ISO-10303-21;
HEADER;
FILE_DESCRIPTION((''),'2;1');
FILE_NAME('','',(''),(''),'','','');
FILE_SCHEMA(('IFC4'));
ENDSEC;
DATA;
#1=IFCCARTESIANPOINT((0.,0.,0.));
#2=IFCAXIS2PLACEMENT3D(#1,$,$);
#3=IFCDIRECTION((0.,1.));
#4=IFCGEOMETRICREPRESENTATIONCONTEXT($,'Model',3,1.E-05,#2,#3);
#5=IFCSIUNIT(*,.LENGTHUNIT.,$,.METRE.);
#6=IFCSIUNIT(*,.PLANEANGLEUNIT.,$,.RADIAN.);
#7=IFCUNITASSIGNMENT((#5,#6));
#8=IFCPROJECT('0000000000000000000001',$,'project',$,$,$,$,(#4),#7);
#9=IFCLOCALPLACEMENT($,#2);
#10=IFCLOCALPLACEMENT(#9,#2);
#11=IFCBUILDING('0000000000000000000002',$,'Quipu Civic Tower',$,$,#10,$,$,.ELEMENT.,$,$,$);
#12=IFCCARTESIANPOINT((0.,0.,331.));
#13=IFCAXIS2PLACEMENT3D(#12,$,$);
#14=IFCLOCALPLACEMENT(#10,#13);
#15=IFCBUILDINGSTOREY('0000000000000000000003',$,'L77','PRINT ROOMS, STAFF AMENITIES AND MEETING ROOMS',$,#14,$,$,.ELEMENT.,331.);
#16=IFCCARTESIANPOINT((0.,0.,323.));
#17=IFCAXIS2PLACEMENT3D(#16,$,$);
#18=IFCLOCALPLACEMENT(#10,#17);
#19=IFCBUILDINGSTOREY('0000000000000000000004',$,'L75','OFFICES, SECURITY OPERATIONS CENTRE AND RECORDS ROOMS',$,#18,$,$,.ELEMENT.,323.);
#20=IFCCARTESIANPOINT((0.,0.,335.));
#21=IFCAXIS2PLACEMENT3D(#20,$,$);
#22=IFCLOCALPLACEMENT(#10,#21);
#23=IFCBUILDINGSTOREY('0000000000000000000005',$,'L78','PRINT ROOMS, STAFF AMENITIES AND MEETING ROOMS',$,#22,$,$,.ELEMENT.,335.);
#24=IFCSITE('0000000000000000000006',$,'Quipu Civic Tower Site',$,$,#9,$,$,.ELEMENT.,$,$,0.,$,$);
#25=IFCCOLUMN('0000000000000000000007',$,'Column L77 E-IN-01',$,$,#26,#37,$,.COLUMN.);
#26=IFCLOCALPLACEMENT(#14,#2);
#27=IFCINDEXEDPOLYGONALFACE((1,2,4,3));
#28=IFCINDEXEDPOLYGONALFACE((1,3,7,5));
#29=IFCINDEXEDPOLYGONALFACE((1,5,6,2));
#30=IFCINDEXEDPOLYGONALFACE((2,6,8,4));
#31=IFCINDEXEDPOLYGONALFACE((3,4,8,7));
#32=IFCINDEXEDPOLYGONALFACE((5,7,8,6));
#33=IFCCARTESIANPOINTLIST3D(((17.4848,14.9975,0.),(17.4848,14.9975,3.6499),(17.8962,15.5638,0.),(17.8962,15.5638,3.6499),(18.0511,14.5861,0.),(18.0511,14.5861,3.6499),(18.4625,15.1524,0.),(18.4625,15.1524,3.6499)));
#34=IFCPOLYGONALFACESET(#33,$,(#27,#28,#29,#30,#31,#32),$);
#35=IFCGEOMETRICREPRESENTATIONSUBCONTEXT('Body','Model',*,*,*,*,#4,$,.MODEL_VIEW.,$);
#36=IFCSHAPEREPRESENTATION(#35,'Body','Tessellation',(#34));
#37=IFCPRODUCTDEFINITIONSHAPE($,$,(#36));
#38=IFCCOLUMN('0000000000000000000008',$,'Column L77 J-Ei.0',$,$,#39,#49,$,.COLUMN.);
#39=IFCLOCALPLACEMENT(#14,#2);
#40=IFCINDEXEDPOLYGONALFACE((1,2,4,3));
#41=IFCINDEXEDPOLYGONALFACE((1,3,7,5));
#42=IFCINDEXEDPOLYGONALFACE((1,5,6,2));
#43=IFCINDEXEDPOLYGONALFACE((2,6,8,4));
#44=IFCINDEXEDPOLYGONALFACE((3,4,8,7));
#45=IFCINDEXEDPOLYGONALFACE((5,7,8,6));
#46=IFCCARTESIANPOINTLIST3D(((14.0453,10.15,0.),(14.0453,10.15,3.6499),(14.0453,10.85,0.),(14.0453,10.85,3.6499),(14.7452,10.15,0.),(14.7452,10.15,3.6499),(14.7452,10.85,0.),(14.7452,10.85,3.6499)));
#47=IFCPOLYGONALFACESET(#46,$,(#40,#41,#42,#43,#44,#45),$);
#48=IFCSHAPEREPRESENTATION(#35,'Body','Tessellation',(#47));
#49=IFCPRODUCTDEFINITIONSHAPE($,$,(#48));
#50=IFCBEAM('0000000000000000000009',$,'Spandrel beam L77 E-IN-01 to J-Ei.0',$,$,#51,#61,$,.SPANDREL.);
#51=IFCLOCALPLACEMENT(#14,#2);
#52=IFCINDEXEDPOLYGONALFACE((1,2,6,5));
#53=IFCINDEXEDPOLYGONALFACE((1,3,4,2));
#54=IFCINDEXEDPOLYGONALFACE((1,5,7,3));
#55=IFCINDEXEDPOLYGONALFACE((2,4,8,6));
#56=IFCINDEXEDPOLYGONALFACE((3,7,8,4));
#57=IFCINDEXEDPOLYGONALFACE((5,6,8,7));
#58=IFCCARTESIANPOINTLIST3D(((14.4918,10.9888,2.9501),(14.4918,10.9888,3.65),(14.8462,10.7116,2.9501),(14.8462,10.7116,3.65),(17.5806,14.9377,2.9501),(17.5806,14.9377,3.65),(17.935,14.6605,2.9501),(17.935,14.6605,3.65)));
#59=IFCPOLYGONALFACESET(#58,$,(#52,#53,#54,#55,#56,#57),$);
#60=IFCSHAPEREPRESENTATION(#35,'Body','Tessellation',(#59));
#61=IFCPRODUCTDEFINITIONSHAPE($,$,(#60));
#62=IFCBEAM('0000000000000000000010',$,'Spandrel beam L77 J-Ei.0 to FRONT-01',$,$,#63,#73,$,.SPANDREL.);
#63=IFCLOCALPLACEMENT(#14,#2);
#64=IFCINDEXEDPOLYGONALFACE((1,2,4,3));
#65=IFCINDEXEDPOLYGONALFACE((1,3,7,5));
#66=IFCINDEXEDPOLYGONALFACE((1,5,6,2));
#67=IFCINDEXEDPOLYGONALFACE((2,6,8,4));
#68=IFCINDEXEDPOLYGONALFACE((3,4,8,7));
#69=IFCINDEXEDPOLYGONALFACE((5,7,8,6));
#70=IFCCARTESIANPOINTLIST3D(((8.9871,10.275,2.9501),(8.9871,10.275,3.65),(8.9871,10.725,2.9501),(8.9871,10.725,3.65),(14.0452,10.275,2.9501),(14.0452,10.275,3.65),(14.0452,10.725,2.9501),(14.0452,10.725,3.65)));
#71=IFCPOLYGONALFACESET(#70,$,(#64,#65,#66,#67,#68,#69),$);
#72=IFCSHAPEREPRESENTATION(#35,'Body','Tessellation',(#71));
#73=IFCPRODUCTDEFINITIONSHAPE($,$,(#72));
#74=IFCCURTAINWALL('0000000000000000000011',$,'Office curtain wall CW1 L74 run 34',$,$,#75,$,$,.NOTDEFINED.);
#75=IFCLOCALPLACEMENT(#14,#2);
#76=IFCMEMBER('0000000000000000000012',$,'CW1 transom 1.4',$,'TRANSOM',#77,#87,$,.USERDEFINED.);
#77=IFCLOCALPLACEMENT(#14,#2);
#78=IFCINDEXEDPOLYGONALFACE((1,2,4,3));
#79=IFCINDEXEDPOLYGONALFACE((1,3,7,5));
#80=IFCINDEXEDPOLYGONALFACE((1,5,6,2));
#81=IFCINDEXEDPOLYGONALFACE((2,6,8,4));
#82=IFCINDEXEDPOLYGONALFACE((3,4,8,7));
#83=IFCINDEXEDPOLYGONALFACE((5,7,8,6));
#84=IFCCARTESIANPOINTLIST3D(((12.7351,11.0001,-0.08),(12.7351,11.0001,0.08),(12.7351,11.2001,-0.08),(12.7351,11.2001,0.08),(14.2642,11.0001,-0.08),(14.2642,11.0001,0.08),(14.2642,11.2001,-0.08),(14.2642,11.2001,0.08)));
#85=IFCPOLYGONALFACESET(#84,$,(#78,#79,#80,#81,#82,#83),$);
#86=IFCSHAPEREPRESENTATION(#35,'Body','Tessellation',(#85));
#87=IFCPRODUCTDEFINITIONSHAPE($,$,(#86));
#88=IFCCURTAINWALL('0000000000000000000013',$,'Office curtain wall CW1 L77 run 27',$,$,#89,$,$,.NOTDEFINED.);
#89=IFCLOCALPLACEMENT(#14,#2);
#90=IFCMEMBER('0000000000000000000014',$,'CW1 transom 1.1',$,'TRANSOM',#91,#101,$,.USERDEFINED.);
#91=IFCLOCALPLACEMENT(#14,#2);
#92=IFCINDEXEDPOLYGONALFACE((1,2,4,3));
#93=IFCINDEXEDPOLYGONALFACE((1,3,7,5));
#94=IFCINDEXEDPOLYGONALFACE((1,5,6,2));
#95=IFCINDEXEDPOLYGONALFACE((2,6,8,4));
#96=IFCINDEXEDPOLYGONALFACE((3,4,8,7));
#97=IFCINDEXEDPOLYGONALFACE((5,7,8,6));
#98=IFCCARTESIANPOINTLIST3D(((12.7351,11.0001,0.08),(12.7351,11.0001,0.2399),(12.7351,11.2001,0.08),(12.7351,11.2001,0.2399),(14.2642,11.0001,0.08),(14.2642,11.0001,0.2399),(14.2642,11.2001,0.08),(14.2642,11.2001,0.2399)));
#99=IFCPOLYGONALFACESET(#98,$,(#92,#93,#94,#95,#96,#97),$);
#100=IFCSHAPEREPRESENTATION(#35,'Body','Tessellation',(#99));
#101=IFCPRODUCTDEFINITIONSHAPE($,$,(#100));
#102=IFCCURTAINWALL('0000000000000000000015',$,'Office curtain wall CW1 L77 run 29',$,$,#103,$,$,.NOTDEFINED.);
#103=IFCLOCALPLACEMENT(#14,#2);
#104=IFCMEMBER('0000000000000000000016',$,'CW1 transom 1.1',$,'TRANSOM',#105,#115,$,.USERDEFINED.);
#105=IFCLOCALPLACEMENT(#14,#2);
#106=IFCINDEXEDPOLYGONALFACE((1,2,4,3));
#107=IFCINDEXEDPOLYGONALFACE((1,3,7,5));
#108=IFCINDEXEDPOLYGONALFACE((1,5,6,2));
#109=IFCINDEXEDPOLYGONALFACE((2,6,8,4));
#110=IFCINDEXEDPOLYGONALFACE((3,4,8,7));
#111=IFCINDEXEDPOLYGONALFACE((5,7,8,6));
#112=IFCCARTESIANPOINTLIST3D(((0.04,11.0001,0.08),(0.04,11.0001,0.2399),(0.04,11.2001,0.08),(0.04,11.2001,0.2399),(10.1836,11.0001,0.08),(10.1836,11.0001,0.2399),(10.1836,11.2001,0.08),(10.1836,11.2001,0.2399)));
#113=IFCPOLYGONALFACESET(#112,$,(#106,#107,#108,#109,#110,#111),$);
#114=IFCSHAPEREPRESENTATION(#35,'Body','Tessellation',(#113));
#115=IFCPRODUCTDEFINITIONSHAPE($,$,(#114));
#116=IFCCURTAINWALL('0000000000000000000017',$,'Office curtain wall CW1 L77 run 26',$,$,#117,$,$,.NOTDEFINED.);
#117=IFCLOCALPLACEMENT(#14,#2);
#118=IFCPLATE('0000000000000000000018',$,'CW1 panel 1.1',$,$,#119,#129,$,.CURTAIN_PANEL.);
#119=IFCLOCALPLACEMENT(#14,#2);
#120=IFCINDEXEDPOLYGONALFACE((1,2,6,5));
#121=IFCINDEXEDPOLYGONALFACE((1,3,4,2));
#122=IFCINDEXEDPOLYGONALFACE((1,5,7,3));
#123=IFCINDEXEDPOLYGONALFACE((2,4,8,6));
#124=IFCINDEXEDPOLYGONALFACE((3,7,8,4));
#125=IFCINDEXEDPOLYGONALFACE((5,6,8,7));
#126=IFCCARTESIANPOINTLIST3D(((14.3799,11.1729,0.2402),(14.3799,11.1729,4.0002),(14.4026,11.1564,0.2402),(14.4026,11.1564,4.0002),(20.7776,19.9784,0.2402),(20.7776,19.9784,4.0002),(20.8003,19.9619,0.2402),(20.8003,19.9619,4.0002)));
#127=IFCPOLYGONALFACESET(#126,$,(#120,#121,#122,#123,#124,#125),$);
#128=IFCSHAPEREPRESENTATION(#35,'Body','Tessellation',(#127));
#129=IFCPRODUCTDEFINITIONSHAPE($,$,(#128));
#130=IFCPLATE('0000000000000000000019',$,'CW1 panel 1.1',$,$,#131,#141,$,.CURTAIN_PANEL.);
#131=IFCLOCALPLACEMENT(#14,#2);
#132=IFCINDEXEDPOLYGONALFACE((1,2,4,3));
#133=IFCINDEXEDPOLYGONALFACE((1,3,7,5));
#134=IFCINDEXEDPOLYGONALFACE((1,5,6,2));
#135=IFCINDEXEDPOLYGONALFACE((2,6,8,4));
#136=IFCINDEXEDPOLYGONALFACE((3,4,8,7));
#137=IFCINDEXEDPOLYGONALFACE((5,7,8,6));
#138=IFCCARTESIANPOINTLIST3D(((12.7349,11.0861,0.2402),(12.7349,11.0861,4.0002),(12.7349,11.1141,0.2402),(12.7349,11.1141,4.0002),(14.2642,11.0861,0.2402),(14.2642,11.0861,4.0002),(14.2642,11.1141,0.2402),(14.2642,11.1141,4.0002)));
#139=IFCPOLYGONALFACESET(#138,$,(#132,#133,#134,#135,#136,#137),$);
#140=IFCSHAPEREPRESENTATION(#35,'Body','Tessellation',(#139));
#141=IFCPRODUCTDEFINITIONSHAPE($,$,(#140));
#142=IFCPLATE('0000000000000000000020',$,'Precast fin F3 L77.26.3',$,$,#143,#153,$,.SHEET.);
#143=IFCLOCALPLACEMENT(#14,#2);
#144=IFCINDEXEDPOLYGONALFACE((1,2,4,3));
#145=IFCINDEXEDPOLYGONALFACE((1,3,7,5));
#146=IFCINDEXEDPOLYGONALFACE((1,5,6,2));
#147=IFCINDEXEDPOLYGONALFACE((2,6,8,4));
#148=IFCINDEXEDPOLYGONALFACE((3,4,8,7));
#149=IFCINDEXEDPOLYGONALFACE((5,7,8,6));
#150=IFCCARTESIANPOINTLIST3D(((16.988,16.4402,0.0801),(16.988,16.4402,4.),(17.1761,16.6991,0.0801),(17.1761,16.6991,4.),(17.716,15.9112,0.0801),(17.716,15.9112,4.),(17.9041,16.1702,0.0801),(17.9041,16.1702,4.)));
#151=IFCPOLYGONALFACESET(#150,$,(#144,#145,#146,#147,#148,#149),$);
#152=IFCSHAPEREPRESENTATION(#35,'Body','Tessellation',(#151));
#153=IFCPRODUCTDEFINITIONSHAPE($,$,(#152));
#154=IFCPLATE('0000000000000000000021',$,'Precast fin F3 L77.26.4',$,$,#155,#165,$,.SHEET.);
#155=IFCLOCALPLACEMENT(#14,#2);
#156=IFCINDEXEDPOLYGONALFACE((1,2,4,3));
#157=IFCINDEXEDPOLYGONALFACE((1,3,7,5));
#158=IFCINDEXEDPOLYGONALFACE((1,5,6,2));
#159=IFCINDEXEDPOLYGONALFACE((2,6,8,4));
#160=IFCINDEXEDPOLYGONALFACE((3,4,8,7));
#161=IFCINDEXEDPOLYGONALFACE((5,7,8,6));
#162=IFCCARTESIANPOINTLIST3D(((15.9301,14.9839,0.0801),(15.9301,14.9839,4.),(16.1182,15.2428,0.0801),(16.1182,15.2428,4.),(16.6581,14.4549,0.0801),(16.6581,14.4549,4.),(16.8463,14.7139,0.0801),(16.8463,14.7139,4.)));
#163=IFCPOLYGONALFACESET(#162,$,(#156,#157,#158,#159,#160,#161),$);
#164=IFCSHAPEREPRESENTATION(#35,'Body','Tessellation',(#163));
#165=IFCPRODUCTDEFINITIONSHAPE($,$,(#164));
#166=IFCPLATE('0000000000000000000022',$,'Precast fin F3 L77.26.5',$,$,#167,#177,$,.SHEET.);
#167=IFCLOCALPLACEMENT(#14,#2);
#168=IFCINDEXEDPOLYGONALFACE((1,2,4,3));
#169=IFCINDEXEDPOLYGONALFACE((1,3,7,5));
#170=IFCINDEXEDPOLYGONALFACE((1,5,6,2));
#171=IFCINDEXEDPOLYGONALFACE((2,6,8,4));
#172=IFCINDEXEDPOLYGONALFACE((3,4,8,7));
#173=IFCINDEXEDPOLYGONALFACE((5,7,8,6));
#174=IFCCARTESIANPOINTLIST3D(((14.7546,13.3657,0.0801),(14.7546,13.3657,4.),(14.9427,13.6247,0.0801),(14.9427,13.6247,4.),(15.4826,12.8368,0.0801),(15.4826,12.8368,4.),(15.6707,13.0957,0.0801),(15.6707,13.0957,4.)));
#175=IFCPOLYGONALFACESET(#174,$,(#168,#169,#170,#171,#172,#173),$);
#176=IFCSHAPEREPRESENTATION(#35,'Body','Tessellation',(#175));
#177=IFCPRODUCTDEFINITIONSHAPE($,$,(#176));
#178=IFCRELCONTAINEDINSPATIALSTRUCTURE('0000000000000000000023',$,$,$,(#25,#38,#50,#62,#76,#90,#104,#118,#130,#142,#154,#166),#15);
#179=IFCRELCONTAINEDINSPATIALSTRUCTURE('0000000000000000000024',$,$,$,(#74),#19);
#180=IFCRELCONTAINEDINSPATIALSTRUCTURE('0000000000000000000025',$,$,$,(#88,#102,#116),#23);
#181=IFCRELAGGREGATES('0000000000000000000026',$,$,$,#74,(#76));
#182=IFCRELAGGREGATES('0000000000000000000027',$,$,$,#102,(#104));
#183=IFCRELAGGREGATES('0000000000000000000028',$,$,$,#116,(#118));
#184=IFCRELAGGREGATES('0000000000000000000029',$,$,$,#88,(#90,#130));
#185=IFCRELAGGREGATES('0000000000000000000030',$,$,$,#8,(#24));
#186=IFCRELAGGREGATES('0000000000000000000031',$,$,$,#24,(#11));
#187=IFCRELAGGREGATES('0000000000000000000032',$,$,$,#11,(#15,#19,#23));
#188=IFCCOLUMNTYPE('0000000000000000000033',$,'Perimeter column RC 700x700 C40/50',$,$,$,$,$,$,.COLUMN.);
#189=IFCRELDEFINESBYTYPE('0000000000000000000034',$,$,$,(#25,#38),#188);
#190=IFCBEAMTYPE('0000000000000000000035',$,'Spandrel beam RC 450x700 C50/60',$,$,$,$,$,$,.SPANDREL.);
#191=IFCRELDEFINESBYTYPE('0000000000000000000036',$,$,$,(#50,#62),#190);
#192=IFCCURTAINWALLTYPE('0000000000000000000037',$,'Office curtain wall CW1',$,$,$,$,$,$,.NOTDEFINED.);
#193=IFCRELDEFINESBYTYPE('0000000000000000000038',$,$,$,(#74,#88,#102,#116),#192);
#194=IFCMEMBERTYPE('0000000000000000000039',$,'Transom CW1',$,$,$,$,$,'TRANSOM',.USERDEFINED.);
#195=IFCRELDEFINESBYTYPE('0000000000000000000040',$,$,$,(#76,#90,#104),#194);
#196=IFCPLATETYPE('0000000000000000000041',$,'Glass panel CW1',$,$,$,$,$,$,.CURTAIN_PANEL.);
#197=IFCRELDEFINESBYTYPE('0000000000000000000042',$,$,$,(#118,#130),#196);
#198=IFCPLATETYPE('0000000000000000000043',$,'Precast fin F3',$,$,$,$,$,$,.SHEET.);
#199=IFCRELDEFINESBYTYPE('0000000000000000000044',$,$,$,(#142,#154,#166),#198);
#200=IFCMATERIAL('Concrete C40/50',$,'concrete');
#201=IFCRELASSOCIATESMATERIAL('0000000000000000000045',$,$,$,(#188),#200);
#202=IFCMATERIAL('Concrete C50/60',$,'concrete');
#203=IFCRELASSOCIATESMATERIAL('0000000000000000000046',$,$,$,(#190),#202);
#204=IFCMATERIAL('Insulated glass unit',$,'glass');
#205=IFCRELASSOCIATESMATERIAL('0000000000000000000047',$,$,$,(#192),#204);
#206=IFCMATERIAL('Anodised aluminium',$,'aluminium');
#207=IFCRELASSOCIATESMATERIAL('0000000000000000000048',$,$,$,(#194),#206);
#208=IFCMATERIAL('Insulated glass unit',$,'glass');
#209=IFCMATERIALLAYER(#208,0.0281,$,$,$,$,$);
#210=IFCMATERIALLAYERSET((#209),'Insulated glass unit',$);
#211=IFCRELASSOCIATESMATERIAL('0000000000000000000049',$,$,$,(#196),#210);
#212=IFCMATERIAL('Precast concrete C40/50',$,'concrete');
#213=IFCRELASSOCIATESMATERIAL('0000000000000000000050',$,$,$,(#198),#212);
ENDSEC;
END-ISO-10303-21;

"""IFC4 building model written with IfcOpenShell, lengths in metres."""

from ifc_helpers import new_model, si_unit, direction, frame, origin, origin_2d, place, context, subcontext, project, spatial, rectangle, extrude, material, layer, layer_set, material_profile, profile_set, type_object, element, aggregate, save


model = new_model("IFC4")

# Units and contexts
model_context = context("Model", 3, precision=1e-05, world=origin(), true_north=direction((0.0, 1.0)))
body_context = subcontext(model_context, "Body", "Model", "MODEL_VIEW")
ifc_project = project(units=[si_unit("LENGTHUNIT", "METRE"), si_unit("PLANEANGLEUNIT", "RADIAN")], contexts=[model_context])

# Site, building, storey
site_placement = place(None, origin())
site = spatial("IfcSite", under=ifc_project, at=site_placement, Name="Quipu Civic Tower Site", CompositionType="ELEMENT", RefElevation=0.0)
building_placement = place(site_placement, origin())
building = spatial("IfcBuilding", under=site, at=building_placement, Name="Quipu Civic Tower", CompositionType="ELEMENT")
storey_1_placement = place(building_placement, frame((0.0, 0.0, 331.0)))
storey_1 = spatial("IfcBuildingStorey", under=building, at=storey_1_placement, Name="L77", Description="PRINT ROOMS, STAFF AMENITIES AND MEETING ROOMS", CompositionType="ELEMENT", Elevation=331.0)

# Columns
ifc_material_1 = material(Name="Concrete C40/50", Category="concrete")
ifc_material_profile_1 = material_profile(ifc_material_1, rectangle(XDim=0.7, YDim=0.7, at=origin_2d()), Name="RC700x700")
ifc_profile_set_1 = profile_set([ifc_material_profile_1], Name="Concrete C40/50")
column_type = type_object("IfcColumnType", Name="Perimeter column RC 700x700 C40/50", PredefinedType="COLUMN", material=ifc_profile_set_1)
for number, where, z_axis, x_axis, name in (
    (1, (17.9736, 15.075, 0.0), (0.0, 0.0, 1.0), (-0.587785, -0.809017, 0.0), "Column L77 E-IN-01"),
    (2, (14.3953, 10.5, 0.0), (0.0, 0.0, 1.0), (-1.0, 0.0, 0.0), "Column L77 J-Ei.0"),
):
    element("IfcColumn", number, at=place(storey_1_placement, frame(where, z_axis=z_axis, x_axis=x_axis)), inside=storey_1, type_object=column_type, Name=name, PredefinedType="COLUMN", context=body_context, shape_type="SweptSolid", body=[
        extrude(rectangle(XDim=0.7, YDim=0.7, at=origin_2d()), origin(), (0.0, 0.0, 1.0), 3.6499),
    ])

# Beams
ifc_material_2 = material(Name="Concrete C50/60", Category="concrete")
ifc_material_profile_2 = material_profile(ifc_material_2, rectangle(XDim=0.45, YDim=0.7, at=origin_2d()), Name="RC450x700")
ifc_profile_set_2 = profile_set([ifc_material_profile_2], Name="Concrete C50/60")
beam_type = type_object("IfcBeamType", Name="Spandrel beam RC 450x700 C50/60", PredefinedType="SPANDREL", material=ifc_profile_set_2)
beam_1_placement = place(storey_1_placement, frame((17.7578, 14.7991, 3.3), z_axis=(-0.616106, -0.787663, 0.0), x_axis=(0.787663, -0.616106, 0.0)))
element("IfcBeam", 3, at=beam_1_placement, inside=storey_1, type_object=beam_type, Name="Spandrel beam L77 E-IN-01 to J-Ei.0", PredefinedType="SPANDREL", context=body_context, shape_type="SweptSolid", body=[
    extrude(rectangle(XDim=0.45, YDim=0.7, at=origin_2d()), origin(), (0.0, 0.0, 1.0), 5.0134),
])
beam_2_placement = place(storey_1_placement, frame((14.0452, 10.5, 3.3), z_axis=(-1.0, 0.0, 0.0), x_axis=(0.0, -1.0, 0.0)))
element("IfcBeam", 4, at=beam_2_placement, inside=storey_1, type_object=beam_type, Name="Spandrel beam L77 J-Ei.0 to FRONT-01", PredefinedType="SPANDREL", context=body_context, shape_type="SweptSolid", body=[
    extrude(rectangle(XDim=0.45, YDim=0.7, at=origin_2d()), origin(), (0.0, 0.0, 1.0), 5.0581),
])

# Shared definitions
storey_2_placement = place(building_placement, frame((0.0, 0.0, 323.0)))
storey_2 = spatial("IfcBuildingStorey", under=building, at=storey_2_placement, Name="L75", Description="OFFICES, SECURITY OPERATIONS CENTRE AND RECORDS ROOMS", CompositionType="ELEMENT", Elevation=323.0)

# Curtain wall, member
ifc_material_3 = material(Name="Insulated glass unit", Category="glass")
curtain_wall_type = type_object("IfcCurtainWallType", Name="Office curtain wall CW1", PredefinedType="NOTDEFINED", material=ifc_material_3)
curtain_wall_1_placement = place(storey_2_placement, origin())
curtain_wall_1 = element("IfcCurtainWall", 5, at=curtain_wall_1_placement, inside=storey_2, type_object=curtain_wall_type, Name="Office curtain wall CW1 L74 run 34", PredefinedType="NOTDEFINED")
ifc_material_4 = material(Name="Anodised aluminium", Category="aluminium")
ifc_material_profile_3 = material_profile(ifc_material_4, rectangle(XDim=0.2, YDim=0.1599, at=origin_2d()), Name="RECT 200x160")
ifc_profile_set_3 = profile_set([ifc_material_profile_3], Name="Anodised aluminium")
member_type = type_object("IfcMemberType", Name="Transom CW1", ElementType="TRANSOM", PredefinedType="USERDEFINED", material=ifc_profile_set_3)
member_1_placement = place(storey_1_placement, frame((14.2642, 11.1001, 0.0), z_axis=(-1.0, 0.0, 0.0), x_axis=(0.0, -1.0, 0.0)))
member_1 = element("IfcMember", 6, at=member_1_placement, inside=storey_1, type_object=member_type, Name="CW1 transom 1.4", ObjectType="TRANSOM", PredefinedType="USERDEFINED", context=body_context, shape_type="SweptSolid", body=[
    extrude(rectangle(XDim=0.2, YDim=0.1599, at=origin_2d()), origin(), (0.0, 0.0, 1.0), 1.5291),
])
aggregate(curtain_wall_1, [member_1])

# Shared definitions
storey_3_placement = place(building_placement, frame((0.0, 0.0, 335.0)))
storey_3 = spatial("IfcBuildingStorey", under=building, at=storey_3_placement, Name="L78", Description="PRINT ROOMS, STAFF AMENITIES AND MEETING ROOMS", CompositionType="ELEMENT", Elevation=335.0)

# Curtain walls, members
curtain_wall_2_placement = place(storey_3_placement, origin())
curtain_wall_2 = element("IfcCurtainWall", 7, at=curtain_wall_2_placement, inside=storey_3, type_object=curtain_wall_type, Name="Office curtain wall CW1 L77 run 27", PredefinedType="NOTDEFINED")
member_2_placement = place(storey_1_placement, frame((14.2642, 11.1001, 0.1599), z_axis=(-1.0, 0.0, 0.0), x_axis=(0.0, -1.0, 0.0)))
member_2 = element("IfcMember", 8, at=member_2_placement, inside=storey_1, type_object=member_type, Name="CW1 transom 1.1", ObjectType="TRANSOM", PredefinedType="USERDEFINED", context=body_context, shape_type="SweptSolid", body=[
    extrude(rectangle(XDim=0.2, YDim=0.1599, at=origin_2d()), origin(), (0.0, 0.0, 1.0), 1.5291),
])
curtain_wall_3_placement = place(storey_3_placement, origin())
curtain_wall_3 = element("IfcCurtainWall", 9, at=curtain_wall_3_placement, inside=storey_3, type_object=curtain_wall_type, Name="Office curtain wall CW1 L77 run 29", PredefinedType="NOTDEFINED")
member_3_placement = place(storey_1_placement, frame((10.1836, 11.1001, 0.1599), z_axis=(-1.0, 0.0, 0.0), x_axis=(0.0, -1.0, 0.0)))
member_3 = element("IfcMember", 10, at=member_3_placement, inside=storey_1, type_object=member_type, Name="CW1 transom 1.1", ObjectType="TRANSOM", PredefinedType="USERDEFINED", context=body_context, shape_type="SweptSolid", body=[
    extrude(rectangle(XDim=0.2, YDim=0.1599, at=origin_2d()), origin(), (0.0, 0.0, 1.0), 10.1436),
])
aggregate(curtain_wall_3, [member_3])

# Curtain wall, plate
curtain_wall_4_placement = place(storey_3_placement, origin())
curtain_wall_4 = element("IfcCurtainWall", 11, at=curtain_wall_4_placement, inside=storey_3, type_object=curtain_wall_type, Name="Office curtain wall CW1 L77 run 26", PredefinedType="NOTDEFINED")
ifc_material_5 = material(Name="Insulated glass unit", Category="glass")
ifc_layer_1 = layer(ifc_material_5, 0.0281)
ifc_layer_set_1 = layer_set([ifc_layer_1], Name="Insulated glass unit")
plate_type_1 = type_object("IfcPlateType", Name="Glass panel CW1", PredefinedType="CURTAIN_PANEL", material=ifc_layer_set_1)
plate_1_placement = place(storey_1_placement, frame((17.5901, 15.5674, 0.2402), z_axis=(0.0, 0.0, 1.0), x_axis=(-0.587788, -0.809015, 0.0)))
plate_1 = element("IfcPlate", 12, at=plate_1_placement, inside=storey_1, type_object=plate_type_1, Name="CW1 panel 1.1", PredefinedType="CURTAIN_PANEL", context=body_context, shape_type="SweptSolid", body=[
    extrude(rectangle(XDim=10.8843, YDim=0.0281, at=origin_2d()), origin(), (0.0, 0.0, 1.0), 3.76),
])
aggregate(curtain_wall_4, [plate_1])

# Plate
plate_2_placement = place(storey_1_placement, frame((13.4995, 11.1001, 0.2402), z_axis=(0.0, 0.0, 1.0), x_axis=(-1.0, 0.0, 0.0)))
plate_2 = element("IfcPlate", 13, at=plate_2_placement, inside=storey_1, type_object=plate_type_1, Name="CW1 panel 1.1", PredefinedType="CURTAIN_PANEL", context=body_context, shape_type="SweptSolid", body=[
    extrude(rectangle(XDim=1.5293, YDim=0.0281, at=origin_2d()), origin(), (0.0, 0.0, 1.0), 3.76),
])
aggregate(curtain_wall_2, [member_2, plate_2])

# Plates
ifc_material_6 = material(Name="Precast concrete C40/50", Category="concrete")
plate_type_2 = type_object("IfcPlateType", Name="Precast fin F3", PredefinedType="SHEET", material=ifc_material_6)
for number, where, z_axis, x_axis, name in (
    (14, (17.446, 16.3052, 0.0801), (0.0, 0.0, 1.0), (-0.587784, -0.809018, 0.0), "Precast fin F3 L77.26.3"),
    (15, (16.3882, 14.8489, 0.0801), (0.0, 0.0, 1.0), (-0.587784, -0.809018, 0.0), "Precast fin F3 L77.26.4"),
    (16, (15.2126, 13.2307, 0.0801), (0.0, 0.0, 1.0), (-0.587784, -0.809018, 0.0), "Precast fin F3 L77.26.5"),
):
    element("IfcPlate", number, at=place(storey_1_placement, frame(where, z_axis=z_axis, x_axis=x_axis)), inside=storey_1, type_object=plate_type_2, Name=name, PredefinedType="SHEET", context=body_context, shape_type="SweptSolid", body=[
        extrude(rectangle(XDim=0.3201, YDim=0.8999, at=origin_2d()), origin(), (0.0, 0.0, 1.0), 3.9199),
    ])

save(model, "model.ifc")
